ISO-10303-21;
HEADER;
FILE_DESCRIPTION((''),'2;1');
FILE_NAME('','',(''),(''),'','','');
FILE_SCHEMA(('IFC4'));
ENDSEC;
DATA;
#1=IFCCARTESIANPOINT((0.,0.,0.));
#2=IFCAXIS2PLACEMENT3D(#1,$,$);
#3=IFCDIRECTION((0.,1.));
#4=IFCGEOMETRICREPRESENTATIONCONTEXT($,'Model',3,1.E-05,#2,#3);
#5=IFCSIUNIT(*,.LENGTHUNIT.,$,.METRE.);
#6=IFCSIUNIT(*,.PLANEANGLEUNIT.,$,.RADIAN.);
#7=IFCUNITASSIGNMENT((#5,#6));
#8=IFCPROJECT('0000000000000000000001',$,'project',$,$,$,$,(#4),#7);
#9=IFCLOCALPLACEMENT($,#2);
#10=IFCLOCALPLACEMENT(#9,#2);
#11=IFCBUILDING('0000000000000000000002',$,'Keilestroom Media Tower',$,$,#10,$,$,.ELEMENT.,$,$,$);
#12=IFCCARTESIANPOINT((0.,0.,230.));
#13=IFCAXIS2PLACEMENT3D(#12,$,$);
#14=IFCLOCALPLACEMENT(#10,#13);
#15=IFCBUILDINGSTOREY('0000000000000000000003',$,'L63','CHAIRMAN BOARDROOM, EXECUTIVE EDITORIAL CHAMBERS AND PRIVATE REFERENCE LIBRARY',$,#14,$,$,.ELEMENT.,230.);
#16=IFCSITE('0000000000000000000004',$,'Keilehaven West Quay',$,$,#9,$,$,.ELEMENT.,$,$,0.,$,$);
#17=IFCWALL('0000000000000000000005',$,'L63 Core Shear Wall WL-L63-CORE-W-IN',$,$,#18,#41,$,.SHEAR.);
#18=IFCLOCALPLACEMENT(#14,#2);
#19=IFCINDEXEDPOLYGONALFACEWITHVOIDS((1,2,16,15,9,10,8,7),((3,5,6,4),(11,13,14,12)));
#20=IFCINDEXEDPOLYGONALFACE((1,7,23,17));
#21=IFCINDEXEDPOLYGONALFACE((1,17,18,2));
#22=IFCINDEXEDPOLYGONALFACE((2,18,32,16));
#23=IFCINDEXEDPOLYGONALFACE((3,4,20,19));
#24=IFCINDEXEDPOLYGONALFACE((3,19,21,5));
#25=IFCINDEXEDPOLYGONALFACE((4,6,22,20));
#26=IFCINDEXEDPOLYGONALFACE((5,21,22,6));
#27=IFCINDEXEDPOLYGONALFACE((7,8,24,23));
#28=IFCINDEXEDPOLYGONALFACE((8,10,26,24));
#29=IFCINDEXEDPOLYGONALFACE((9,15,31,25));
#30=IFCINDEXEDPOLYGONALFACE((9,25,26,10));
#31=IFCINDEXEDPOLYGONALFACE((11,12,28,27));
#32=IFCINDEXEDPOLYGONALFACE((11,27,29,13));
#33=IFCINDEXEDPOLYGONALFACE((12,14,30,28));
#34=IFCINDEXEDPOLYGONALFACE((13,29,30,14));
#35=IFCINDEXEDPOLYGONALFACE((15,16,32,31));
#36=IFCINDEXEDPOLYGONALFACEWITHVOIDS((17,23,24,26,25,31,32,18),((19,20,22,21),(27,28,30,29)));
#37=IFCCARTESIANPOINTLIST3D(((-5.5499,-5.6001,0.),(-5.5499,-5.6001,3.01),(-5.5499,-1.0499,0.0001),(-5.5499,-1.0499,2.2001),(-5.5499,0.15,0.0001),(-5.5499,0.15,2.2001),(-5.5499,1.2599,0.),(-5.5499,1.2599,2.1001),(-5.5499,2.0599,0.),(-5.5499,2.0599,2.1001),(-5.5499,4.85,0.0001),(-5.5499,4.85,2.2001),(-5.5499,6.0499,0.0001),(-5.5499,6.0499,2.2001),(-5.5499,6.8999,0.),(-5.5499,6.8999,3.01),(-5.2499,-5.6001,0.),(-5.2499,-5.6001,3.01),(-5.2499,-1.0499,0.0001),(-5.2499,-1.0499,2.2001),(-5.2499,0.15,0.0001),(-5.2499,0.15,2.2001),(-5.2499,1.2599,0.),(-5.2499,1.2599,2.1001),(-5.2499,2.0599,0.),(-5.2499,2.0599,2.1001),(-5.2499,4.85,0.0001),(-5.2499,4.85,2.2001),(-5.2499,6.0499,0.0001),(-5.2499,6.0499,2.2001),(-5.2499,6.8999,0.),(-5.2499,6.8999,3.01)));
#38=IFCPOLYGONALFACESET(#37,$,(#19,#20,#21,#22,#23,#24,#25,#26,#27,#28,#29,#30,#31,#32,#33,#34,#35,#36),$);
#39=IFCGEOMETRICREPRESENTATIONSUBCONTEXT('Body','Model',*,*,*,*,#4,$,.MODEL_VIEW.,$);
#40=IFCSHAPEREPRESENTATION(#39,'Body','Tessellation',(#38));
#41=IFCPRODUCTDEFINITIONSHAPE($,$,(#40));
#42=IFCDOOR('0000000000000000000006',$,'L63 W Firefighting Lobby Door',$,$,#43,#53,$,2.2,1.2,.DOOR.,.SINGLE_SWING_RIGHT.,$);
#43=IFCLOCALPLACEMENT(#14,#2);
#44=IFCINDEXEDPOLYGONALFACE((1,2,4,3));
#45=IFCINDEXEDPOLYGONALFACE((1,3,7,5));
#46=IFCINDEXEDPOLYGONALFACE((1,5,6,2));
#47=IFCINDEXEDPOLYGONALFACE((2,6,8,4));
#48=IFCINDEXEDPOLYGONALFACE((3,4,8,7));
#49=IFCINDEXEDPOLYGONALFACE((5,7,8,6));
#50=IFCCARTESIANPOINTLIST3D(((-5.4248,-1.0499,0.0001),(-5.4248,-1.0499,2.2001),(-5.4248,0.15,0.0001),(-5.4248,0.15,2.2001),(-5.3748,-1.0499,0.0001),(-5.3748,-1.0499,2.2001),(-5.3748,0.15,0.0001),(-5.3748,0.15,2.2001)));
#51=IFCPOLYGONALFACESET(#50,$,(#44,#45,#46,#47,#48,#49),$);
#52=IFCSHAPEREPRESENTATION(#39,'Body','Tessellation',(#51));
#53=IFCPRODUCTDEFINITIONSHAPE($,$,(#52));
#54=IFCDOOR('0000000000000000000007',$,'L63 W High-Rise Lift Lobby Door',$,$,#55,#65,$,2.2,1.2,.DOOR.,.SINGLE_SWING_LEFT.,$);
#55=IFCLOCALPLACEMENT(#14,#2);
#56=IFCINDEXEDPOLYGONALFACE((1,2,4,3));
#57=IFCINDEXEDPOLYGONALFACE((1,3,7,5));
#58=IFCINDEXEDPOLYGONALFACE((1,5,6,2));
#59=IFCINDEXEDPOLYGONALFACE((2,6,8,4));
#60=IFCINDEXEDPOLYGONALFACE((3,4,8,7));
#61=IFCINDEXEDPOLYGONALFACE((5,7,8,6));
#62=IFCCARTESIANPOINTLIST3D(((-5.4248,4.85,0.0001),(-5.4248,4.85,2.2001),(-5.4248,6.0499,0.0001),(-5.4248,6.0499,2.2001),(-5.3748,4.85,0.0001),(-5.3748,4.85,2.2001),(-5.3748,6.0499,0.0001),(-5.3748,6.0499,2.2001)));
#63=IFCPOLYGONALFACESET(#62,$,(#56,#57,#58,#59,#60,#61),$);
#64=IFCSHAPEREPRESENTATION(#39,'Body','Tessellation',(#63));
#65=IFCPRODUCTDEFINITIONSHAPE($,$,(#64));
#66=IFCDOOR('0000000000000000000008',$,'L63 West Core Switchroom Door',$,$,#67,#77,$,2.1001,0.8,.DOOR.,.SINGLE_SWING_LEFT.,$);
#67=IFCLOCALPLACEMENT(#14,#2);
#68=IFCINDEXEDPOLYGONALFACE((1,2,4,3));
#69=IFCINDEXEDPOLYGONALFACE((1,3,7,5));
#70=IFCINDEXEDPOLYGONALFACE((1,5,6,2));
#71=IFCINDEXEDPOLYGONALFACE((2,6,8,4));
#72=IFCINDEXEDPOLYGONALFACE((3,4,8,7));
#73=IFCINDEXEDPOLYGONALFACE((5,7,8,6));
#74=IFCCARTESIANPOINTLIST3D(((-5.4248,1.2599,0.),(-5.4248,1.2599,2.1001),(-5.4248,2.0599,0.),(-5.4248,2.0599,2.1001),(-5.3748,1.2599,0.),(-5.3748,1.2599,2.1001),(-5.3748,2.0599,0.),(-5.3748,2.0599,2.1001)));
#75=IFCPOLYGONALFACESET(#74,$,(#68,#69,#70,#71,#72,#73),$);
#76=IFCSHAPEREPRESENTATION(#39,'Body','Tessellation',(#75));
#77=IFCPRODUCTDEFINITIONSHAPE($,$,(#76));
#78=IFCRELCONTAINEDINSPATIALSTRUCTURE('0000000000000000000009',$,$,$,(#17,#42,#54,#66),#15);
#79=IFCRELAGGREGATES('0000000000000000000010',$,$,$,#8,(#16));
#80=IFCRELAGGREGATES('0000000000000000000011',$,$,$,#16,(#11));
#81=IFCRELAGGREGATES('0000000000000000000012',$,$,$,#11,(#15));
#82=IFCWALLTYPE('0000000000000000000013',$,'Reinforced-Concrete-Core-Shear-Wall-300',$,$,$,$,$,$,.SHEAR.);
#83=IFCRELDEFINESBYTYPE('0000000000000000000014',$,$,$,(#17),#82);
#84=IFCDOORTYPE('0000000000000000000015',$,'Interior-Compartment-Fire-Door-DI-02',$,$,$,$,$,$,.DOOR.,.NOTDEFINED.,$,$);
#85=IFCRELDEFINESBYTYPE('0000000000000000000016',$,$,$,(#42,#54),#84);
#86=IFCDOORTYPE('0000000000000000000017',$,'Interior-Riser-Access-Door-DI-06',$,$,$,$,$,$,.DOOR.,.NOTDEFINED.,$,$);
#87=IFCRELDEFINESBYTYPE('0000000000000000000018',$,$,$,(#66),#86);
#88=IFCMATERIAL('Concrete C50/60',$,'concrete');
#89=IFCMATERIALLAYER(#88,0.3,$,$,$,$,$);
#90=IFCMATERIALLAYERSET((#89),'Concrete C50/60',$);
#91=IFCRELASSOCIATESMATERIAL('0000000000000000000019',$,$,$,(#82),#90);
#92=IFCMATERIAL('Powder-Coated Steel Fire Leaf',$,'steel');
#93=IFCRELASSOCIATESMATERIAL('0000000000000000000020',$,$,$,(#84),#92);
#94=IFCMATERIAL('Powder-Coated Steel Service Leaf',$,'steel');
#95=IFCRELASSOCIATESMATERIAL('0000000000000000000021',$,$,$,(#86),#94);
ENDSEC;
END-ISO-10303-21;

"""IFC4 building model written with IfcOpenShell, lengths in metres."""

from ifc_helpers import new_model, si_unit, direction, frame, frame_2d, origin, place, context, subcontext, project, spatial, rectangle, extrude, source, transform, mapped, material, layer, layer_set, type_object, element, fill, save


model = new_model("IFC4")

# Units and contexts
model_context = context("Model", 3, precision=1e-05, world=origin(), true_north=direction((0.0, 1.0)))
body_context = subcontext(model_context, "Body", "Model", "MODEL_VIEW")
ifc_project = project(units=[si_unit("LENGTHUNIT", "METRE"), si_unit("PLANEANGLEUNIT", "RADIAN")], contexts=[model_context])

# Site, building, storey
site_placement = place(None, origin())
site = spatial("IfcSite", under=ifc_project, at=site_placement, Name="Keilehaven West Quay", CompositionType="ELEMENT", RefElevation=0.0)
building_placement = place(site_placement, origin())
building = spatial("IfcBuilding", under=site, at=building_placement, Name="Keilestroom Media Tower", CompositionType="ELEMENT")
storey_placement = place(building_placement, frame((0.0, 0.0, 230.0)))
storey = spatial("IfcBuildingStorey", under=building, at=storey_placement, Name="L63", Description="CHAIRMAN BOARDROOM, EXECUTIVE EDITORIAL CHAMBERS AND PRIVATE REFERENCE LIBRARY", CompositionType="ELEMENT", Elevation=230.0)

# Shared definitions
ifc_material_1 = material(Name="Concrete C50/60", Category="concrete")
ifc_layer_1 = layer(ifc_material_1, 0.3)
ifc_layer_set_1 = layer_set([ifc_layer_1], Name="Concrete C50/60")
wall_type_1 = type_object("IfcWallType", Name="Reinforced-Concrete-Core-Shear-Wall-300", PredefinedType="SHEAR", material=ifc_layer_set_1)

# Wall, openings, doors
wall_1_placement = place(storey_placement, frame((-5.3999, -5.6001, 0.0), z_axis=(0.0, 0.0, 1.0), x_axis=(0.0, 1.0, 0.0)))
wall_1 = element("IfcWall", 1, at=wall_1_placement, inside=storey, type_object=wall_type_1, Name="L63 Core Shear Wall WL-L63-CORE-W-IN", PredefinedType="SHEAR", context=body_context, shape_type="SweptSolid", body=[
    extrude(rectangle(XDim=12.5, YDim=0.3, at=frame_2d((6.25, 0.0))), origin(), (0.0, 0.0, 1.0), 3.01),
])
opening_1_placement = place(wall_1_placement, frame((4.55, 0.0, 0.0)))
opening_1 = element("IfcOpeningElement", 2, at=opening_1_placement, cuts=wall_1, PredefinedType="OPENING", context=body_context, shape_type="SweptSolid", body=[
    extrude(rectangle(XDim=1.2, YDim=2.2, at=frame_2d((0.6001, 1.1001))), frame((0.0, 0.1602, 0.0), z_axis=(0.0, -1.0, 0.0), x_axis=(1.0, 0.0, 0.0)), (0.0, 0.0, 1.0), 0.3201),
])
opening_2_placement = place(wall_1_placement, frame((10.45, 0.0, 0.0)))
opening_2 = element("IfcOpeningElement", 3, at=opening_2_placement, cuts=wall_1, PredefinedType="OPENING", context=body_context, shape_type="SweptSolid", body=[
    extrude(rectangle(XDim=1.2, YDim=2.2, at=frame_2d((0.6001, 1.1001))), frame((0.0, 0.1602, 0.0), z_axis=(0.0, -1.0, 0.0), x_axis=(1.0, 0.0, 0.0)), (0.0, 0.0, 1.0), 0.3201),
])
opening_3_placement = place(wall_1_placement, frame((6.8601, 0.0, 0.0)))
opening_3 = element("IfcOpeningElement", 4, at=opening_3_placement, cuts=wall_1, PredefinedType="OPENING", context=body_context, shape_type="SweptSolid", body=[
    extrude(rectangle(XDim=0.8, YDim=2.1001, at=frame_2d((0.3999, 1.05))), frame((0.0, 0.1602, 0.0), z_axis=(0.0, -1.0, 0.0), x_axis=(1.0, 0.0, 0.0)), (0.0, 0.0, 1.0), 0.3201),
])
ifc_material_2 = material(Name="Powder-Coated Steel Fire Leaf", Category="steel")
door_type_1 = type_object("IfcDoorType", Name="Interior-Compartment-Fire-Door-DI-02", OperationType="NOTDEFINED", PredefinedType="DOOR", material=ifc_material_2)
shared_shape_1 = source(origin(), body_context, "Body", "SweptSolid", [
    extrude(rectangle(XDim=1.2, YDim=2.2, at=frame_2d((0.6001, 1.1001))), frame((0.0, 0.0249, 0.0), z_axis=(0.0, -1.0, 0.0), x_axis=(1.0, 0.0, 0.0)), (0.0, 0.0, 1.0), 0.05),
])
door_1_placement = place(opening_1_placement, origin())
door_1 = element("IfcDoor", 5, at=door_1_placement, inside=storey, type_object=door_type_1, Name="L63 W Firefighting Lobby Door", OperationType="SINGLE_SWING_RIGHT", OverallHeight=2.2, OverallWidth=1.2, PredefinedType="DOOR", context=body_context, shape_type="MappedRepresentation", body=[
    mapped(shared_shape_1, transform((0.0, 0.0, 0.0), x_axis=(1.0, 0.0, 0.0), y_axis=(0.0, 1.0, 0.0), z_axis=(0.0, 0.0, 1.0), scale=1.0)),
])
fill(opening_1, door_1)
door_2_placement = place(opening_2_placement, origin())
door_2 = element("IfcDoor", 6, at=door_2_placement, inside=storey, type_object=door_type_1, Name="L63 W High-Rise Lift Lobby Door", OperationType="SINGLE_SWING_LEFT", OverallHeight=2.2, OverallWidth=1.2, PredefinedType="DOOR", context=body_context, shape_type="MappedRepresentation", body=[
    mapped(shared_shape_1, transform((0.0, 0.0, 0.0), x_axis=(1.0, 0.0, 0.0), y_axis=(0.0, 1.0, 0.0), z_axis=(0.0, 0.0, 1.0), scale=1.0)),
])
fill(opening_2, door_2)
ifc_material_3 = material(Name="Powder-Coated Steel Service Leaf", Category="steel")
door_type_2 = type_object("IfcDoorType", Name="Interior-Riser-Access-Door-DI-06", OperationType="NOTDEFINED", PredefinedType="DOOR", material=ifc_material_3)
shared_shape_2 = source(origin(), body_context, "Body", "SweptSolid", [
    extrude(rectangle(XDim=0.8, YDim=2.1001, at=frame_2d((0.3999, 1.05))), frame((0.0, 0.0249, 0.0), z_axis=(0.0, -1.0, 0.0), x_axis=(1.0, 0.0, 0.0)), (0.0, 0.0, 1.0), 0.05),
])
door_3_placement = place(opening_3_placement, origin())
door_3 = element("IfcDoor", 7, at=door_3_placement, inside=storey, type_object=door_type_2, Name="L63 West Core Switchroom Door", OperationType="SINGLE_SWING_LEFT", OverallHeight=2.1001, OverallWidth=0.8, PredefinedType="DOOR", context=body_context, shape_type="MappedRepresentation", body=[
    mapped(shared_shape_2, transform((0.0, 0.0, 0.0), x_axis=(1.0, 0.0, 0.0), y_axis=(0.0, 1.0, 0.0), z_axis=(0.0, 0.0, 1.0), scale=1.0)),
])
fill(opening_3, door_3)

save(model, "model.ifc")
